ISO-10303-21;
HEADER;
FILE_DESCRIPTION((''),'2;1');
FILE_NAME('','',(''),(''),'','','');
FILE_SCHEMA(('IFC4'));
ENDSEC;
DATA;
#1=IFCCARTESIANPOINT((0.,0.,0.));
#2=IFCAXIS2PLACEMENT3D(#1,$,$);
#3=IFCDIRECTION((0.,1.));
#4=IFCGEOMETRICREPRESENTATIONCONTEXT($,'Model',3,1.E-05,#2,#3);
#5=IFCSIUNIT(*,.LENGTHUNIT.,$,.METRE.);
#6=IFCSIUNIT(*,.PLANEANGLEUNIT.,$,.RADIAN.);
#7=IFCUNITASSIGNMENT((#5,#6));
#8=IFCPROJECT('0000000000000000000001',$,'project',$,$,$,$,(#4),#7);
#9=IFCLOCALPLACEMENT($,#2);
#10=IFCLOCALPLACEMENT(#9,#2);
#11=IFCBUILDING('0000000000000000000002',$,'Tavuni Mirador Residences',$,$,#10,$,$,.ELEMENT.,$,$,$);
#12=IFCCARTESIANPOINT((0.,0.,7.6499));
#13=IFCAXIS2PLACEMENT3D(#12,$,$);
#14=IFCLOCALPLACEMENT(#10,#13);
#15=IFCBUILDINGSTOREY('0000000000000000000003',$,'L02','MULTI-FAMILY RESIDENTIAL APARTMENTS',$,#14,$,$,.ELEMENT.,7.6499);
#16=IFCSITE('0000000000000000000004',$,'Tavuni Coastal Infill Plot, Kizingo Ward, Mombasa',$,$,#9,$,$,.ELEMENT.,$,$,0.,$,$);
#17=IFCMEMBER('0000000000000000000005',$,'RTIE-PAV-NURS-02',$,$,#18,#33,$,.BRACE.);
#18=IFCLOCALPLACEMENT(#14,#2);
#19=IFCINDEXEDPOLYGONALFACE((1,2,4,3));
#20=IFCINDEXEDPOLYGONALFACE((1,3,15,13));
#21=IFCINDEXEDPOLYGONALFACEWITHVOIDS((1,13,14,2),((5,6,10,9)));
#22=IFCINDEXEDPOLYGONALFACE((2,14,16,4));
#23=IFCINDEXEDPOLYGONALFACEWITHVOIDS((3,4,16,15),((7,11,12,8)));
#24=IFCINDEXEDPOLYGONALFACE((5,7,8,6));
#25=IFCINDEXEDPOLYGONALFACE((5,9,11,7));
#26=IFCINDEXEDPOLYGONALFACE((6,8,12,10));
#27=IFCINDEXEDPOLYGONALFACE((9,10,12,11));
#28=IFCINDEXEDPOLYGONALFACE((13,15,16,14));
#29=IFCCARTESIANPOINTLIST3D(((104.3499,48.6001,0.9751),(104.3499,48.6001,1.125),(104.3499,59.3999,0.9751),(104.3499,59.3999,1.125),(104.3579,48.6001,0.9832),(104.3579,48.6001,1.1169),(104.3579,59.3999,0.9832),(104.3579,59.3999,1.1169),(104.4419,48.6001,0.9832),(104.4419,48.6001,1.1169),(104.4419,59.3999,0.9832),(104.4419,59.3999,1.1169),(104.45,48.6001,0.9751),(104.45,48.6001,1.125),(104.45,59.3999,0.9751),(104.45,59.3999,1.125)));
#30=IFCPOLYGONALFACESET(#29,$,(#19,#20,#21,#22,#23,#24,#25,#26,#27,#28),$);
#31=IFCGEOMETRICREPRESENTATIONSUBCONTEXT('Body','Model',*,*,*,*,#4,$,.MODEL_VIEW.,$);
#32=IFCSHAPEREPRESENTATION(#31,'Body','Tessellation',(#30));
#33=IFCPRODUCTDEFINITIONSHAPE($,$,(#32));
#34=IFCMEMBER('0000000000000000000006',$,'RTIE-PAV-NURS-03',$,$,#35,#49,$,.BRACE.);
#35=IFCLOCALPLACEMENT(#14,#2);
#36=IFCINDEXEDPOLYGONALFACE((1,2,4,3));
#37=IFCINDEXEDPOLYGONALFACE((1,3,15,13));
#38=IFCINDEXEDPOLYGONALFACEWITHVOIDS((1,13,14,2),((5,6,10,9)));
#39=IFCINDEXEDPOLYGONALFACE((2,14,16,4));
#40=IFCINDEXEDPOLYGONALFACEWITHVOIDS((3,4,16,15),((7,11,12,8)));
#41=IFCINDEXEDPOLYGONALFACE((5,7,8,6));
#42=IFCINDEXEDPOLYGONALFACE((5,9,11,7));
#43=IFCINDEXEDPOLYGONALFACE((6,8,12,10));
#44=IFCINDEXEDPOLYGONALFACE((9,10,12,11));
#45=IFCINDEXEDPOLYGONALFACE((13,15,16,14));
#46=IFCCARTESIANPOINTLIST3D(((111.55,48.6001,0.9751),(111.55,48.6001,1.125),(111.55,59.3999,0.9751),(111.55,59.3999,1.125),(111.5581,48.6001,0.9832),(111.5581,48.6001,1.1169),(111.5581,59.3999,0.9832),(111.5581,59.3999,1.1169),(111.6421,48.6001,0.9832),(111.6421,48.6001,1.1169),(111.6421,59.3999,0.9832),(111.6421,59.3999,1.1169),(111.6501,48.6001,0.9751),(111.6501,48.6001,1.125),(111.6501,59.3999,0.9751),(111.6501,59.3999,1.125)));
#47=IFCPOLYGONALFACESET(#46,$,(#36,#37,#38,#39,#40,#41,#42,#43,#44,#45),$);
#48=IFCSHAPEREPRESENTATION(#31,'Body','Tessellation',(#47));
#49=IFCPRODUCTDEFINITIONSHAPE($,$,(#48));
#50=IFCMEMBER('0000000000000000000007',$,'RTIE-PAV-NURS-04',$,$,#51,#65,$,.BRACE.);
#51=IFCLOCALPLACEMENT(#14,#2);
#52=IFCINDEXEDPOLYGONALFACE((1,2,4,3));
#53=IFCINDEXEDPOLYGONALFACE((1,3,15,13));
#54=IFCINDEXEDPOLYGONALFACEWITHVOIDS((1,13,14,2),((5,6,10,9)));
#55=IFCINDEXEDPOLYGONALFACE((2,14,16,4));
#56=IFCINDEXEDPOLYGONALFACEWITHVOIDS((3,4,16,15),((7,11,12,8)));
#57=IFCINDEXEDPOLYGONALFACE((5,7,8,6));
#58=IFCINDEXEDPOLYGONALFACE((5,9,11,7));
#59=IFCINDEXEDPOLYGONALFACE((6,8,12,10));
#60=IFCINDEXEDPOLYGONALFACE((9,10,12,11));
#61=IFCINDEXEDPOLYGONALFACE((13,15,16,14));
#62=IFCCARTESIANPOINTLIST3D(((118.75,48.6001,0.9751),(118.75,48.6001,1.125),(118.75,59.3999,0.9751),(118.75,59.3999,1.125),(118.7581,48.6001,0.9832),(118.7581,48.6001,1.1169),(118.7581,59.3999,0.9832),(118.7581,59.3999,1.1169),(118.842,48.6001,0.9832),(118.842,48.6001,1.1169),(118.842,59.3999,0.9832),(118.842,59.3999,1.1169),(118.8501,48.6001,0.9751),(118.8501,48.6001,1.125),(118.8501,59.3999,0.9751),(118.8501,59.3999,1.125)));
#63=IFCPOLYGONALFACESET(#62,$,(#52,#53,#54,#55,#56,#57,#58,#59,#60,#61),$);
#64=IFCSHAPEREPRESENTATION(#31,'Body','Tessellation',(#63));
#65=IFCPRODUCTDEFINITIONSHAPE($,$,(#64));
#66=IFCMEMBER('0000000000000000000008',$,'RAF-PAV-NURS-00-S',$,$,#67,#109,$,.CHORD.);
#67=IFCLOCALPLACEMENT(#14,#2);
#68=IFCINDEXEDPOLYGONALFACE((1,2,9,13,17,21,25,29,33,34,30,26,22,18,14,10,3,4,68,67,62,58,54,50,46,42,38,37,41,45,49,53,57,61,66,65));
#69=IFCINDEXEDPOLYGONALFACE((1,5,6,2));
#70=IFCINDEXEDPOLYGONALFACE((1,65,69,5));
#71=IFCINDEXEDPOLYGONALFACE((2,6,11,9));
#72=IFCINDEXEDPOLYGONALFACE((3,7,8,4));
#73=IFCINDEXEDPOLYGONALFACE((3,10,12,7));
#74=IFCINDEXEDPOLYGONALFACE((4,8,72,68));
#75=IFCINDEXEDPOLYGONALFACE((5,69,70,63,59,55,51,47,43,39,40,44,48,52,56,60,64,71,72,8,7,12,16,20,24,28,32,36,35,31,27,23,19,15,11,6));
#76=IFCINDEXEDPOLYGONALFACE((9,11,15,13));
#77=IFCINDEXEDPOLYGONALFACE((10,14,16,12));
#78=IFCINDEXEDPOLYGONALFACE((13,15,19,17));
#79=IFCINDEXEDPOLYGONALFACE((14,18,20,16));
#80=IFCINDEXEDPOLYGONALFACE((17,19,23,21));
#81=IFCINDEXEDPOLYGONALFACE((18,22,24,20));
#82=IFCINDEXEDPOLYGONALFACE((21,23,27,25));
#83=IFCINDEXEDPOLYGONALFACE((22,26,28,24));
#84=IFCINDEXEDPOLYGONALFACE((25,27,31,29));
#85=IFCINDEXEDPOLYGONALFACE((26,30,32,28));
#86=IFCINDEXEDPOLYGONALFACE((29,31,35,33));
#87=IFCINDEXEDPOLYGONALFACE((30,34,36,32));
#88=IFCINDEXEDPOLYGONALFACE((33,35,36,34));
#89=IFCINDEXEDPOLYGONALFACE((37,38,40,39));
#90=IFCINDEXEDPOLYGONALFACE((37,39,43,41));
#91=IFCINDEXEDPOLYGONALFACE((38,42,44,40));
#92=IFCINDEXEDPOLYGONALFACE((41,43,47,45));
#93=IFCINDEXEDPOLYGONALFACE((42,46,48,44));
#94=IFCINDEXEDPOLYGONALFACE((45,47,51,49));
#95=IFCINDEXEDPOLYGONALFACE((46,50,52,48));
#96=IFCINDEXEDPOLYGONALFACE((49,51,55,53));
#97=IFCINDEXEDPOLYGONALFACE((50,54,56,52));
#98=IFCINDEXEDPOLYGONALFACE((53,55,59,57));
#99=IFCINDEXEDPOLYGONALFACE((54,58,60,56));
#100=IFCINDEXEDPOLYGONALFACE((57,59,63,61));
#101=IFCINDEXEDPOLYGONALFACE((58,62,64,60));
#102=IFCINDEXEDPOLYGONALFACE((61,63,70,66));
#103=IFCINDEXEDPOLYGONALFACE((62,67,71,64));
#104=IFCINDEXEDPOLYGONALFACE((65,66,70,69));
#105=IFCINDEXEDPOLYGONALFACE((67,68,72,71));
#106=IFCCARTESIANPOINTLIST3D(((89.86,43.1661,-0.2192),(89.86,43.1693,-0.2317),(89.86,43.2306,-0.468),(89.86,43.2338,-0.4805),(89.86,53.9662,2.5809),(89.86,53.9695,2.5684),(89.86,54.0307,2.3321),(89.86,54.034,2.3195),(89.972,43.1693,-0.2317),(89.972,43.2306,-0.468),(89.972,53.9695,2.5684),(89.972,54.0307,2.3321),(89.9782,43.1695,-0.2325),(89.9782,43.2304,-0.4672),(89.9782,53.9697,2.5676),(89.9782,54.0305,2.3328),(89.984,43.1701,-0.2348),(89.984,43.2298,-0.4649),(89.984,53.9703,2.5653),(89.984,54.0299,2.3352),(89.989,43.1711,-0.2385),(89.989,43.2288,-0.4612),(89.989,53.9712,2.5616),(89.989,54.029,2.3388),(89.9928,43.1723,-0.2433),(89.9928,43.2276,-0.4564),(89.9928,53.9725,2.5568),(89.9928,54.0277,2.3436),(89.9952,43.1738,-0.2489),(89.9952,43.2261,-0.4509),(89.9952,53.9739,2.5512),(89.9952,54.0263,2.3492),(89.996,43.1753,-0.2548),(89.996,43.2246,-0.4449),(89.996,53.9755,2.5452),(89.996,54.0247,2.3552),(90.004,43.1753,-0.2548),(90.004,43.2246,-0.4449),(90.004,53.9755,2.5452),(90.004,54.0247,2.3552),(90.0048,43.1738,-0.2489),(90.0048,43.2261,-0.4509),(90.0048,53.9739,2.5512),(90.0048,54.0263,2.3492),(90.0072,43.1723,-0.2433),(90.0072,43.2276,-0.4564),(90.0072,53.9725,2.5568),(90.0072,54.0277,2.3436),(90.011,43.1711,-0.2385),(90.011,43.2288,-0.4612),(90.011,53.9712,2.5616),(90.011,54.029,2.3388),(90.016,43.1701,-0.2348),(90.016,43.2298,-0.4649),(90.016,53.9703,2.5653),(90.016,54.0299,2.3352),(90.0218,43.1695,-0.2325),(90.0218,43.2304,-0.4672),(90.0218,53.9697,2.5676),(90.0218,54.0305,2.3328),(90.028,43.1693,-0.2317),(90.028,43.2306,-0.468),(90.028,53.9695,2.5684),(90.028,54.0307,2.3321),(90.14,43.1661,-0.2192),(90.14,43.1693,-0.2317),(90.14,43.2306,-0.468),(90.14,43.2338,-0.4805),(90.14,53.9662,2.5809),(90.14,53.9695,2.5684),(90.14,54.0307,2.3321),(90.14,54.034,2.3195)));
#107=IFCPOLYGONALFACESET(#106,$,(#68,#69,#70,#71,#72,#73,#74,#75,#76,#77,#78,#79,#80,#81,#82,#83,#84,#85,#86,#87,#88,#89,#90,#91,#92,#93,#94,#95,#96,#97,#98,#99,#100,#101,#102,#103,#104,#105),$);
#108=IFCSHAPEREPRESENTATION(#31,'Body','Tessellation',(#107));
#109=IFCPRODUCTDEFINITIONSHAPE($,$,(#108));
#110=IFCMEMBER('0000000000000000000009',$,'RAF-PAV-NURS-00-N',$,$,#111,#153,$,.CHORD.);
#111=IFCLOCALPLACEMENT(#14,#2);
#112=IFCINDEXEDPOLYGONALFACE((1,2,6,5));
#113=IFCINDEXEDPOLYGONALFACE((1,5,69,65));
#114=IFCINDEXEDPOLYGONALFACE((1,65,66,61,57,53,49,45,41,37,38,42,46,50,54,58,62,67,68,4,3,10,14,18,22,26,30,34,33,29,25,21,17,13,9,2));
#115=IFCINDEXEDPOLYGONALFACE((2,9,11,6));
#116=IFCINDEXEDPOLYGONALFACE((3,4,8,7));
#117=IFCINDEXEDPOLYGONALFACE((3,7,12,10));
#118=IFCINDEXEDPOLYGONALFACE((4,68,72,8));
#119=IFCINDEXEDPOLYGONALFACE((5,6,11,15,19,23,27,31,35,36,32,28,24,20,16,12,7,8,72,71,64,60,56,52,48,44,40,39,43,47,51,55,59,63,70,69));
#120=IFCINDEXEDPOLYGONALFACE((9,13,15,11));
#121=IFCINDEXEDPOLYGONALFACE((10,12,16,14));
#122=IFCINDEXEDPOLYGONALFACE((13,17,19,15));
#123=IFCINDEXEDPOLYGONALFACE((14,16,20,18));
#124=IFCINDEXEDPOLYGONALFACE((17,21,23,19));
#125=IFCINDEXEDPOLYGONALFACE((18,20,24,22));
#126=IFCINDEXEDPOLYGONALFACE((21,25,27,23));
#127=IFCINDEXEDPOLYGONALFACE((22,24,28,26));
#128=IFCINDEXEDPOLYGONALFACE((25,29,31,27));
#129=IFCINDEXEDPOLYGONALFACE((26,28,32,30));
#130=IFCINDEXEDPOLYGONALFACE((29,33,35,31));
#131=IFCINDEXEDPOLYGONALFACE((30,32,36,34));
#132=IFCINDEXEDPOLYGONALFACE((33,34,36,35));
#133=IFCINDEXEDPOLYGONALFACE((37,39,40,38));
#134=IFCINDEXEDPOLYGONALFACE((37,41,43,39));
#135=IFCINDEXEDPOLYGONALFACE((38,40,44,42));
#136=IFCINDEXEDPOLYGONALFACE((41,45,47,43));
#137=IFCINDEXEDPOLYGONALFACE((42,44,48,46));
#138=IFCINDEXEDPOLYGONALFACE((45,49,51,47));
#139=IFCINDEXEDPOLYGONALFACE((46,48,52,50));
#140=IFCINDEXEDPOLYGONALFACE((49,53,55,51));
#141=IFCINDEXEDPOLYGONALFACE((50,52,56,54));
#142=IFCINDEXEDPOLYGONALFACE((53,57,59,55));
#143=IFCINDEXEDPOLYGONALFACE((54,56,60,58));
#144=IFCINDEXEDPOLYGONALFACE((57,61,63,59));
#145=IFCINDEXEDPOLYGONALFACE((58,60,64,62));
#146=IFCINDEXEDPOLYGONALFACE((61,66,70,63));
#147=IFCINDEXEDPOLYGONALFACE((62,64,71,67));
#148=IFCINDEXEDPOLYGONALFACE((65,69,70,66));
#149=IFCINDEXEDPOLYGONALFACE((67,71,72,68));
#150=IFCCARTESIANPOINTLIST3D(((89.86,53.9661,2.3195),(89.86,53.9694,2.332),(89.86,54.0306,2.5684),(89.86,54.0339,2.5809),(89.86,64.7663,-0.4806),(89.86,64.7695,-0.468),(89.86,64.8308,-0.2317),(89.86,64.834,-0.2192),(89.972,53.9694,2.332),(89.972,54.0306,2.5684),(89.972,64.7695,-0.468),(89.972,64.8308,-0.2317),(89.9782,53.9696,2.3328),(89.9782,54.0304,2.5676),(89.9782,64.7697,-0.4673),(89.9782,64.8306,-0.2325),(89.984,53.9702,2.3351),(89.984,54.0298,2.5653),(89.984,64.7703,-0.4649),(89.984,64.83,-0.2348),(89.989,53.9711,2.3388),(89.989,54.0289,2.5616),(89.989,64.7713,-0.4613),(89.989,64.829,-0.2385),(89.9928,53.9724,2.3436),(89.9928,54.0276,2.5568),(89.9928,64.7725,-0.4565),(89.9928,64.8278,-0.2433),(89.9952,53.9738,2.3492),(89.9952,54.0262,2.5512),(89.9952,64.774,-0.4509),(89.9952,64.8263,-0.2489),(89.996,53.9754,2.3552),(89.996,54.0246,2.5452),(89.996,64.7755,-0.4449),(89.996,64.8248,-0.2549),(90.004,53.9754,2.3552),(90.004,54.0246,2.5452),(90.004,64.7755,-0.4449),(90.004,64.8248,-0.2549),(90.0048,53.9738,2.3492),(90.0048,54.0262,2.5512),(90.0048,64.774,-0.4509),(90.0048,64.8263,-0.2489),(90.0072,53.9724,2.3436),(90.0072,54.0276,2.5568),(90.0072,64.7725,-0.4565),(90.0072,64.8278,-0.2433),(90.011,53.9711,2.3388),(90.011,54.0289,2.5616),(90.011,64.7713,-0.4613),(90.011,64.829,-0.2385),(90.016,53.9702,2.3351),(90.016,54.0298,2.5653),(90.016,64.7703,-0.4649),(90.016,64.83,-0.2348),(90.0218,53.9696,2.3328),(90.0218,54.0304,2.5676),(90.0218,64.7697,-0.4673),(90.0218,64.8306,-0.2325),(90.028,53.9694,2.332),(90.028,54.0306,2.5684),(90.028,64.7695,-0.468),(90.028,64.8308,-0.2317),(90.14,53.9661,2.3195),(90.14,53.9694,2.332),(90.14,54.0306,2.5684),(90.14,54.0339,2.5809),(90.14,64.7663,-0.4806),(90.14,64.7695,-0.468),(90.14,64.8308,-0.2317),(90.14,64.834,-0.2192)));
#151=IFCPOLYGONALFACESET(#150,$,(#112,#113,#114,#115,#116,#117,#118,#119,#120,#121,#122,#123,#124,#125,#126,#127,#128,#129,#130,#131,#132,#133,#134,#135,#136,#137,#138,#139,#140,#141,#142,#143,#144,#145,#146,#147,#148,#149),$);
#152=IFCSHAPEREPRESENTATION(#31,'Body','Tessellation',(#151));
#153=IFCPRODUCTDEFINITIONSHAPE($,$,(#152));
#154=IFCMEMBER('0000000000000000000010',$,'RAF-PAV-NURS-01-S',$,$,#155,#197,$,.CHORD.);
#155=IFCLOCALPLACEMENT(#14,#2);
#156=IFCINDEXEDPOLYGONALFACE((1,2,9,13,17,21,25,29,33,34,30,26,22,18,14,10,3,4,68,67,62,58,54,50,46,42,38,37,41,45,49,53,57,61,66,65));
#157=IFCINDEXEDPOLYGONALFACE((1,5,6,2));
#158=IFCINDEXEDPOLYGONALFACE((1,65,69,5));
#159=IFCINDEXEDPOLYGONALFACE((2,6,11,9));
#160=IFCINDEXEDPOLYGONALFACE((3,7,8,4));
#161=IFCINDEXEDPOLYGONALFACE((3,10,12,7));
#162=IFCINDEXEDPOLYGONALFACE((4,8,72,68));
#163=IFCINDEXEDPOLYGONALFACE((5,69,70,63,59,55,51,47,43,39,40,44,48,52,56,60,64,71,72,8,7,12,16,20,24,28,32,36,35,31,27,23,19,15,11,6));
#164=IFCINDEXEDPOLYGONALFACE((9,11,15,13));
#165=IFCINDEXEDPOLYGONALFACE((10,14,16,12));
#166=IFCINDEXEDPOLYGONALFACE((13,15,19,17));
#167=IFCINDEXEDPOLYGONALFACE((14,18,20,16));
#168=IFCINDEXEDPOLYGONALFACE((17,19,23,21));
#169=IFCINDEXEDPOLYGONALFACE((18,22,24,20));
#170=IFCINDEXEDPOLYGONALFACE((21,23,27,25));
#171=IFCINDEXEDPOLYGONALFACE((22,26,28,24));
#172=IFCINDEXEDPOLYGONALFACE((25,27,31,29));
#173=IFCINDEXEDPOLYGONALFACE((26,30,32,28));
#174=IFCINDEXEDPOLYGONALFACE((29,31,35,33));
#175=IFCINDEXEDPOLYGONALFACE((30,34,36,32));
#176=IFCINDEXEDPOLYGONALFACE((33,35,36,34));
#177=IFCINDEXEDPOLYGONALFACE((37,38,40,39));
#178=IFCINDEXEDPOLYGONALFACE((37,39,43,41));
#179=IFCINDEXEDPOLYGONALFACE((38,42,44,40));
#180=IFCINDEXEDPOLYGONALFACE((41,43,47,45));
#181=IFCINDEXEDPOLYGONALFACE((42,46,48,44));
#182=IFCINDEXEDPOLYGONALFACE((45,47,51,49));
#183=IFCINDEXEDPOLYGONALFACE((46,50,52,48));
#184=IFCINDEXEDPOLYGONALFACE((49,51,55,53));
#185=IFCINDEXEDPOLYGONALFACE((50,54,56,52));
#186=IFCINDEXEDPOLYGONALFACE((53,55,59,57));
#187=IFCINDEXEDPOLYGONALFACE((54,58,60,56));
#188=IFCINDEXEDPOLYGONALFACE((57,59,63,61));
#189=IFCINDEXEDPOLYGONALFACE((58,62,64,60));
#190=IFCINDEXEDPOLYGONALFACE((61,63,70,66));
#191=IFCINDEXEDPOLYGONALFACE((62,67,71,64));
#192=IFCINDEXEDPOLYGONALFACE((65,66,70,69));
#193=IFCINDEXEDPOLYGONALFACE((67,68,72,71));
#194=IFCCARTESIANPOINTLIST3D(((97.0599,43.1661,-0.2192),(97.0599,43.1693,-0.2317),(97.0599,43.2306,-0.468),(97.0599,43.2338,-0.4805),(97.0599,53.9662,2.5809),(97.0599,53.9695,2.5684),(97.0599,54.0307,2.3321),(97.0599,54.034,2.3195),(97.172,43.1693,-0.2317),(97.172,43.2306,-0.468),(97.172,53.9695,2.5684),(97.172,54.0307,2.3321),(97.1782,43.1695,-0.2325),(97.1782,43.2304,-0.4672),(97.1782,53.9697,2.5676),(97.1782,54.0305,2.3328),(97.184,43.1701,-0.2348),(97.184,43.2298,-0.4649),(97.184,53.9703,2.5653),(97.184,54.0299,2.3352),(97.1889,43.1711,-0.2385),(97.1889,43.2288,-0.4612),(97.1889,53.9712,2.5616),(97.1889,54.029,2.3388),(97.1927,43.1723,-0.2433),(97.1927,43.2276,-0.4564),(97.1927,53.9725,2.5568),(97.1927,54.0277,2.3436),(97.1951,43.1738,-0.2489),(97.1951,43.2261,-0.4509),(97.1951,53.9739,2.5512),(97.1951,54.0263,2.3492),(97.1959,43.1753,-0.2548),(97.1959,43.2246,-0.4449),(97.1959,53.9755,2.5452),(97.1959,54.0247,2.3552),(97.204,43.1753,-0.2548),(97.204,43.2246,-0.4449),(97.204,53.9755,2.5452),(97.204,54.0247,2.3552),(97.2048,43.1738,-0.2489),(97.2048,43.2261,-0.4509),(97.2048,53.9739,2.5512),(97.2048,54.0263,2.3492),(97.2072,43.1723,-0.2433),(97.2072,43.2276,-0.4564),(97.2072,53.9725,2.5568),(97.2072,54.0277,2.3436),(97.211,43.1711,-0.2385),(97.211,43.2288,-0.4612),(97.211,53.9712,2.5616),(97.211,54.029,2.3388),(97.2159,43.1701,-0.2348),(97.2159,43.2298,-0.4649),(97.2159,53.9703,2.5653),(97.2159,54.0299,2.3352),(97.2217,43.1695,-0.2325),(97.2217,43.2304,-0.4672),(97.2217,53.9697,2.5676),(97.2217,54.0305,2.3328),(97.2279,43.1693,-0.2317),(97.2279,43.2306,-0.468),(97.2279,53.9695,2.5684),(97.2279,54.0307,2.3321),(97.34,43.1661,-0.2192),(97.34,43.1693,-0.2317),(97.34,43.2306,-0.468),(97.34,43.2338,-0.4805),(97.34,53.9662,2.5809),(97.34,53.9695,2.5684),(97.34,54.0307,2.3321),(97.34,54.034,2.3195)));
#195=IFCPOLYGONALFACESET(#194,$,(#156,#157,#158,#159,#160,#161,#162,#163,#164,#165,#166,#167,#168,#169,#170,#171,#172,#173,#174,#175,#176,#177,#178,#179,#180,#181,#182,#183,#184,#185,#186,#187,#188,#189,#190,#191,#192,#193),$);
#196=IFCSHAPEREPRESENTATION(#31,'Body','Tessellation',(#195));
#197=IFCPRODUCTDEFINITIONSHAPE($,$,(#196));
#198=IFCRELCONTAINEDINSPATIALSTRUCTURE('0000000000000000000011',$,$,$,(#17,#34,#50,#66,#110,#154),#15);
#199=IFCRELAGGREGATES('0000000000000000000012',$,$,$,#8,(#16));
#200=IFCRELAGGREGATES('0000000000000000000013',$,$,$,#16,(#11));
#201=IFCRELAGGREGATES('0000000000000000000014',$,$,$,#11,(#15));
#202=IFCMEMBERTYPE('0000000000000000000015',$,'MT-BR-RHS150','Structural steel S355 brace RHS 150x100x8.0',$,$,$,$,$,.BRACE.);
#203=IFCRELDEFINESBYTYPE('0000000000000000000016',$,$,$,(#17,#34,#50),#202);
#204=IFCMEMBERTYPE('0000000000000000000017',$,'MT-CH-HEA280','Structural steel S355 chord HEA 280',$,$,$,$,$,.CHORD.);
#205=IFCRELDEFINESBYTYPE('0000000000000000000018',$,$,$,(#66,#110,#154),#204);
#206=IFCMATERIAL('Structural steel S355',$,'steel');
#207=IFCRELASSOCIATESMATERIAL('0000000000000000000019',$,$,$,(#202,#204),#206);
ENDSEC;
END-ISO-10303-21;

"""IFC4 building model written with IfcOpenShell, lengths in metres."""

from ifc_helpers import new_model, si_unit, direction, frame, origin, origin_2d, place, context, subcontext, project, spatial, hollow_rectangle, i_section, extrude, material, material_profile, profile_set, type_object, element, save


model = new_model("IFC4")

# Units and contexts
model_context = context("Model", 3, precision=1e-05, world=origin(), true_north=direction((0.0, 1.0)))
body_context = subcontext(model_context, "Body", "Model", "MODEL_VIEW")
ifc_project = project(units=[si_unit("LENGTHUNIT", "METRE"), si_unit("PLANEANGLEUNIT", "RADIAN")], contexts=[model_context])

# Site, building, storey
site_placement = place(None, origin())
site = spatial("IfcSite", under=ifc_project, at=site_placement, Name="Tavuni Coastal Infill Plot, Kizingo Ward, Mombasa", CompositionType="ELEMENT", RefElevation=0.0)
building_placement = place(site_placement, origin())
building = spatial("IfcBuilding", under=site, at=building_placement, Name="Tavuni Mirador Residences", CompositionType="ELEMENT")
storey_placement = place(building_placement, frame((0.0, 0.0, 7.6499)))
storey = spatial("IfcBuildingStorey", under=building, at=storey_placement, Name="L02", Description="MULTI-FAMILY RESIDENTIAL APARTMENTS", CompositionType="ELEMENT", Elevation=7.6499)

# Members
ifc_material_1 = material(Name="Structural steel S355", Category="steel")
ifc_material_profile_1 = material_profile(ifc_material_1, hollow_rectangle(XDim=0.1001, YDim=0.1499, WallThickness=0.0081, at=origin_2d()), Name="RHS 150x100x8.0", Category="steel")
ifc_profile_set_1 = profile_set([ifc_material_profile_1], Name="Structural steel S355")
member_type_1 = type_object("IfcMemberType", Name="MT-BR-RHS150", Description="Structural steel S355 brace RHS 150x100x8.0", PredefinedType="BRACE", material=ifc_profile_set_1)
for number, where, z_axis, x_axis, name in (
    (1, (104.3999, 48.6001, 1.05), (0.0, 1.0, 0.0), (-1.0, 0.0, 0.0), "RTIE-PAV-NURS-02"),
    (2, (111.6001, 48.6001, 1.05), (0.0, 1.0, 0.0), (-1.0, 0.0, 0.0), "RTIE-PAV-NURS-03"),
    (3, (118.8, 48.6001, 1.05), (0.0, 1.0, 0.0), (-1.0, 0.0, 0.0), "RTIE-PAV-NURS-04"),
):
    element("IfcMember", number, at=place(storey_placement, frame(where, z_axis=z_axis, x_axis=x_axis)), inside=storey, type_object=member_type_1, Name=name, PredefinedType="BRACE", context=body_context, shape_type="SweptSolid", body=[
        extrude(hollow_rectangle(XDim=0.1001, YDim=0.1499, WallThickness=0.0081, at=origin_2d()), origin(), (0.0, 0.0, 1.0), 10.7998),
    ])
ifc_material_profile_2 = material_profile(ifc_material_1, i_section(OverallWidth=0.28, OverallDepth=0.27, WebThickness=0.0081, FlangeThickness=0.0129, FilletRadius=0.0239, at=origin_2d()), Name="HEA 280", Category="steel")
ifc_profile_set_2 = profile_set([ifc_material_profile_2], Name="Structural steel S355")
member_type_2 = type_object("IfcMemberType", Name="MT-CH-HEA280", Description="Structural steel S355 chord HEA 280", PredefinedType="CHORD", material=ifc_profile_set_2)
for number, where, z_axis, x_axis, name in (
    (4, (90.0, 43.2, -0.3499), (0.0, 0.967996, 0.250965), (-1.0, 0.0, 0.0), "RAF-PAV-NURS-00-S"),
    (5, (90.0, 54.0, 2.4502), (0.0, 0.967996, -0.250965), (-1.0, 0.0, 0.0), "RAF-PAV-NURS-00-N"),
    (6, (97.2, 43.2, -0.3499), (0.0, 0.967996, 0.250965), (-1.0, 0.0, 0.0), "RAF-PAV-NURS-01-S"),
):
    element("IfcMember", number, at=place(storey_placement, frame(where, z_axis=z_axis, x_axis=x_axis)), inside=storey, type_object=member_type_2, Name=name, PredefinedType="CHORD", context=body_context, shape_type="SweptSolid", body=[
        extrude(i_section(OverallWidth=0.28, OverallDepth=0.27, WebThickness=0.0081, FlangeThickness=0.0129, FilletRadius=0.0239, at=origin_2d()), origin(), (0.0, 0.0, 1.0), 11.1572),
    ])

save(model, "model.ifc")
